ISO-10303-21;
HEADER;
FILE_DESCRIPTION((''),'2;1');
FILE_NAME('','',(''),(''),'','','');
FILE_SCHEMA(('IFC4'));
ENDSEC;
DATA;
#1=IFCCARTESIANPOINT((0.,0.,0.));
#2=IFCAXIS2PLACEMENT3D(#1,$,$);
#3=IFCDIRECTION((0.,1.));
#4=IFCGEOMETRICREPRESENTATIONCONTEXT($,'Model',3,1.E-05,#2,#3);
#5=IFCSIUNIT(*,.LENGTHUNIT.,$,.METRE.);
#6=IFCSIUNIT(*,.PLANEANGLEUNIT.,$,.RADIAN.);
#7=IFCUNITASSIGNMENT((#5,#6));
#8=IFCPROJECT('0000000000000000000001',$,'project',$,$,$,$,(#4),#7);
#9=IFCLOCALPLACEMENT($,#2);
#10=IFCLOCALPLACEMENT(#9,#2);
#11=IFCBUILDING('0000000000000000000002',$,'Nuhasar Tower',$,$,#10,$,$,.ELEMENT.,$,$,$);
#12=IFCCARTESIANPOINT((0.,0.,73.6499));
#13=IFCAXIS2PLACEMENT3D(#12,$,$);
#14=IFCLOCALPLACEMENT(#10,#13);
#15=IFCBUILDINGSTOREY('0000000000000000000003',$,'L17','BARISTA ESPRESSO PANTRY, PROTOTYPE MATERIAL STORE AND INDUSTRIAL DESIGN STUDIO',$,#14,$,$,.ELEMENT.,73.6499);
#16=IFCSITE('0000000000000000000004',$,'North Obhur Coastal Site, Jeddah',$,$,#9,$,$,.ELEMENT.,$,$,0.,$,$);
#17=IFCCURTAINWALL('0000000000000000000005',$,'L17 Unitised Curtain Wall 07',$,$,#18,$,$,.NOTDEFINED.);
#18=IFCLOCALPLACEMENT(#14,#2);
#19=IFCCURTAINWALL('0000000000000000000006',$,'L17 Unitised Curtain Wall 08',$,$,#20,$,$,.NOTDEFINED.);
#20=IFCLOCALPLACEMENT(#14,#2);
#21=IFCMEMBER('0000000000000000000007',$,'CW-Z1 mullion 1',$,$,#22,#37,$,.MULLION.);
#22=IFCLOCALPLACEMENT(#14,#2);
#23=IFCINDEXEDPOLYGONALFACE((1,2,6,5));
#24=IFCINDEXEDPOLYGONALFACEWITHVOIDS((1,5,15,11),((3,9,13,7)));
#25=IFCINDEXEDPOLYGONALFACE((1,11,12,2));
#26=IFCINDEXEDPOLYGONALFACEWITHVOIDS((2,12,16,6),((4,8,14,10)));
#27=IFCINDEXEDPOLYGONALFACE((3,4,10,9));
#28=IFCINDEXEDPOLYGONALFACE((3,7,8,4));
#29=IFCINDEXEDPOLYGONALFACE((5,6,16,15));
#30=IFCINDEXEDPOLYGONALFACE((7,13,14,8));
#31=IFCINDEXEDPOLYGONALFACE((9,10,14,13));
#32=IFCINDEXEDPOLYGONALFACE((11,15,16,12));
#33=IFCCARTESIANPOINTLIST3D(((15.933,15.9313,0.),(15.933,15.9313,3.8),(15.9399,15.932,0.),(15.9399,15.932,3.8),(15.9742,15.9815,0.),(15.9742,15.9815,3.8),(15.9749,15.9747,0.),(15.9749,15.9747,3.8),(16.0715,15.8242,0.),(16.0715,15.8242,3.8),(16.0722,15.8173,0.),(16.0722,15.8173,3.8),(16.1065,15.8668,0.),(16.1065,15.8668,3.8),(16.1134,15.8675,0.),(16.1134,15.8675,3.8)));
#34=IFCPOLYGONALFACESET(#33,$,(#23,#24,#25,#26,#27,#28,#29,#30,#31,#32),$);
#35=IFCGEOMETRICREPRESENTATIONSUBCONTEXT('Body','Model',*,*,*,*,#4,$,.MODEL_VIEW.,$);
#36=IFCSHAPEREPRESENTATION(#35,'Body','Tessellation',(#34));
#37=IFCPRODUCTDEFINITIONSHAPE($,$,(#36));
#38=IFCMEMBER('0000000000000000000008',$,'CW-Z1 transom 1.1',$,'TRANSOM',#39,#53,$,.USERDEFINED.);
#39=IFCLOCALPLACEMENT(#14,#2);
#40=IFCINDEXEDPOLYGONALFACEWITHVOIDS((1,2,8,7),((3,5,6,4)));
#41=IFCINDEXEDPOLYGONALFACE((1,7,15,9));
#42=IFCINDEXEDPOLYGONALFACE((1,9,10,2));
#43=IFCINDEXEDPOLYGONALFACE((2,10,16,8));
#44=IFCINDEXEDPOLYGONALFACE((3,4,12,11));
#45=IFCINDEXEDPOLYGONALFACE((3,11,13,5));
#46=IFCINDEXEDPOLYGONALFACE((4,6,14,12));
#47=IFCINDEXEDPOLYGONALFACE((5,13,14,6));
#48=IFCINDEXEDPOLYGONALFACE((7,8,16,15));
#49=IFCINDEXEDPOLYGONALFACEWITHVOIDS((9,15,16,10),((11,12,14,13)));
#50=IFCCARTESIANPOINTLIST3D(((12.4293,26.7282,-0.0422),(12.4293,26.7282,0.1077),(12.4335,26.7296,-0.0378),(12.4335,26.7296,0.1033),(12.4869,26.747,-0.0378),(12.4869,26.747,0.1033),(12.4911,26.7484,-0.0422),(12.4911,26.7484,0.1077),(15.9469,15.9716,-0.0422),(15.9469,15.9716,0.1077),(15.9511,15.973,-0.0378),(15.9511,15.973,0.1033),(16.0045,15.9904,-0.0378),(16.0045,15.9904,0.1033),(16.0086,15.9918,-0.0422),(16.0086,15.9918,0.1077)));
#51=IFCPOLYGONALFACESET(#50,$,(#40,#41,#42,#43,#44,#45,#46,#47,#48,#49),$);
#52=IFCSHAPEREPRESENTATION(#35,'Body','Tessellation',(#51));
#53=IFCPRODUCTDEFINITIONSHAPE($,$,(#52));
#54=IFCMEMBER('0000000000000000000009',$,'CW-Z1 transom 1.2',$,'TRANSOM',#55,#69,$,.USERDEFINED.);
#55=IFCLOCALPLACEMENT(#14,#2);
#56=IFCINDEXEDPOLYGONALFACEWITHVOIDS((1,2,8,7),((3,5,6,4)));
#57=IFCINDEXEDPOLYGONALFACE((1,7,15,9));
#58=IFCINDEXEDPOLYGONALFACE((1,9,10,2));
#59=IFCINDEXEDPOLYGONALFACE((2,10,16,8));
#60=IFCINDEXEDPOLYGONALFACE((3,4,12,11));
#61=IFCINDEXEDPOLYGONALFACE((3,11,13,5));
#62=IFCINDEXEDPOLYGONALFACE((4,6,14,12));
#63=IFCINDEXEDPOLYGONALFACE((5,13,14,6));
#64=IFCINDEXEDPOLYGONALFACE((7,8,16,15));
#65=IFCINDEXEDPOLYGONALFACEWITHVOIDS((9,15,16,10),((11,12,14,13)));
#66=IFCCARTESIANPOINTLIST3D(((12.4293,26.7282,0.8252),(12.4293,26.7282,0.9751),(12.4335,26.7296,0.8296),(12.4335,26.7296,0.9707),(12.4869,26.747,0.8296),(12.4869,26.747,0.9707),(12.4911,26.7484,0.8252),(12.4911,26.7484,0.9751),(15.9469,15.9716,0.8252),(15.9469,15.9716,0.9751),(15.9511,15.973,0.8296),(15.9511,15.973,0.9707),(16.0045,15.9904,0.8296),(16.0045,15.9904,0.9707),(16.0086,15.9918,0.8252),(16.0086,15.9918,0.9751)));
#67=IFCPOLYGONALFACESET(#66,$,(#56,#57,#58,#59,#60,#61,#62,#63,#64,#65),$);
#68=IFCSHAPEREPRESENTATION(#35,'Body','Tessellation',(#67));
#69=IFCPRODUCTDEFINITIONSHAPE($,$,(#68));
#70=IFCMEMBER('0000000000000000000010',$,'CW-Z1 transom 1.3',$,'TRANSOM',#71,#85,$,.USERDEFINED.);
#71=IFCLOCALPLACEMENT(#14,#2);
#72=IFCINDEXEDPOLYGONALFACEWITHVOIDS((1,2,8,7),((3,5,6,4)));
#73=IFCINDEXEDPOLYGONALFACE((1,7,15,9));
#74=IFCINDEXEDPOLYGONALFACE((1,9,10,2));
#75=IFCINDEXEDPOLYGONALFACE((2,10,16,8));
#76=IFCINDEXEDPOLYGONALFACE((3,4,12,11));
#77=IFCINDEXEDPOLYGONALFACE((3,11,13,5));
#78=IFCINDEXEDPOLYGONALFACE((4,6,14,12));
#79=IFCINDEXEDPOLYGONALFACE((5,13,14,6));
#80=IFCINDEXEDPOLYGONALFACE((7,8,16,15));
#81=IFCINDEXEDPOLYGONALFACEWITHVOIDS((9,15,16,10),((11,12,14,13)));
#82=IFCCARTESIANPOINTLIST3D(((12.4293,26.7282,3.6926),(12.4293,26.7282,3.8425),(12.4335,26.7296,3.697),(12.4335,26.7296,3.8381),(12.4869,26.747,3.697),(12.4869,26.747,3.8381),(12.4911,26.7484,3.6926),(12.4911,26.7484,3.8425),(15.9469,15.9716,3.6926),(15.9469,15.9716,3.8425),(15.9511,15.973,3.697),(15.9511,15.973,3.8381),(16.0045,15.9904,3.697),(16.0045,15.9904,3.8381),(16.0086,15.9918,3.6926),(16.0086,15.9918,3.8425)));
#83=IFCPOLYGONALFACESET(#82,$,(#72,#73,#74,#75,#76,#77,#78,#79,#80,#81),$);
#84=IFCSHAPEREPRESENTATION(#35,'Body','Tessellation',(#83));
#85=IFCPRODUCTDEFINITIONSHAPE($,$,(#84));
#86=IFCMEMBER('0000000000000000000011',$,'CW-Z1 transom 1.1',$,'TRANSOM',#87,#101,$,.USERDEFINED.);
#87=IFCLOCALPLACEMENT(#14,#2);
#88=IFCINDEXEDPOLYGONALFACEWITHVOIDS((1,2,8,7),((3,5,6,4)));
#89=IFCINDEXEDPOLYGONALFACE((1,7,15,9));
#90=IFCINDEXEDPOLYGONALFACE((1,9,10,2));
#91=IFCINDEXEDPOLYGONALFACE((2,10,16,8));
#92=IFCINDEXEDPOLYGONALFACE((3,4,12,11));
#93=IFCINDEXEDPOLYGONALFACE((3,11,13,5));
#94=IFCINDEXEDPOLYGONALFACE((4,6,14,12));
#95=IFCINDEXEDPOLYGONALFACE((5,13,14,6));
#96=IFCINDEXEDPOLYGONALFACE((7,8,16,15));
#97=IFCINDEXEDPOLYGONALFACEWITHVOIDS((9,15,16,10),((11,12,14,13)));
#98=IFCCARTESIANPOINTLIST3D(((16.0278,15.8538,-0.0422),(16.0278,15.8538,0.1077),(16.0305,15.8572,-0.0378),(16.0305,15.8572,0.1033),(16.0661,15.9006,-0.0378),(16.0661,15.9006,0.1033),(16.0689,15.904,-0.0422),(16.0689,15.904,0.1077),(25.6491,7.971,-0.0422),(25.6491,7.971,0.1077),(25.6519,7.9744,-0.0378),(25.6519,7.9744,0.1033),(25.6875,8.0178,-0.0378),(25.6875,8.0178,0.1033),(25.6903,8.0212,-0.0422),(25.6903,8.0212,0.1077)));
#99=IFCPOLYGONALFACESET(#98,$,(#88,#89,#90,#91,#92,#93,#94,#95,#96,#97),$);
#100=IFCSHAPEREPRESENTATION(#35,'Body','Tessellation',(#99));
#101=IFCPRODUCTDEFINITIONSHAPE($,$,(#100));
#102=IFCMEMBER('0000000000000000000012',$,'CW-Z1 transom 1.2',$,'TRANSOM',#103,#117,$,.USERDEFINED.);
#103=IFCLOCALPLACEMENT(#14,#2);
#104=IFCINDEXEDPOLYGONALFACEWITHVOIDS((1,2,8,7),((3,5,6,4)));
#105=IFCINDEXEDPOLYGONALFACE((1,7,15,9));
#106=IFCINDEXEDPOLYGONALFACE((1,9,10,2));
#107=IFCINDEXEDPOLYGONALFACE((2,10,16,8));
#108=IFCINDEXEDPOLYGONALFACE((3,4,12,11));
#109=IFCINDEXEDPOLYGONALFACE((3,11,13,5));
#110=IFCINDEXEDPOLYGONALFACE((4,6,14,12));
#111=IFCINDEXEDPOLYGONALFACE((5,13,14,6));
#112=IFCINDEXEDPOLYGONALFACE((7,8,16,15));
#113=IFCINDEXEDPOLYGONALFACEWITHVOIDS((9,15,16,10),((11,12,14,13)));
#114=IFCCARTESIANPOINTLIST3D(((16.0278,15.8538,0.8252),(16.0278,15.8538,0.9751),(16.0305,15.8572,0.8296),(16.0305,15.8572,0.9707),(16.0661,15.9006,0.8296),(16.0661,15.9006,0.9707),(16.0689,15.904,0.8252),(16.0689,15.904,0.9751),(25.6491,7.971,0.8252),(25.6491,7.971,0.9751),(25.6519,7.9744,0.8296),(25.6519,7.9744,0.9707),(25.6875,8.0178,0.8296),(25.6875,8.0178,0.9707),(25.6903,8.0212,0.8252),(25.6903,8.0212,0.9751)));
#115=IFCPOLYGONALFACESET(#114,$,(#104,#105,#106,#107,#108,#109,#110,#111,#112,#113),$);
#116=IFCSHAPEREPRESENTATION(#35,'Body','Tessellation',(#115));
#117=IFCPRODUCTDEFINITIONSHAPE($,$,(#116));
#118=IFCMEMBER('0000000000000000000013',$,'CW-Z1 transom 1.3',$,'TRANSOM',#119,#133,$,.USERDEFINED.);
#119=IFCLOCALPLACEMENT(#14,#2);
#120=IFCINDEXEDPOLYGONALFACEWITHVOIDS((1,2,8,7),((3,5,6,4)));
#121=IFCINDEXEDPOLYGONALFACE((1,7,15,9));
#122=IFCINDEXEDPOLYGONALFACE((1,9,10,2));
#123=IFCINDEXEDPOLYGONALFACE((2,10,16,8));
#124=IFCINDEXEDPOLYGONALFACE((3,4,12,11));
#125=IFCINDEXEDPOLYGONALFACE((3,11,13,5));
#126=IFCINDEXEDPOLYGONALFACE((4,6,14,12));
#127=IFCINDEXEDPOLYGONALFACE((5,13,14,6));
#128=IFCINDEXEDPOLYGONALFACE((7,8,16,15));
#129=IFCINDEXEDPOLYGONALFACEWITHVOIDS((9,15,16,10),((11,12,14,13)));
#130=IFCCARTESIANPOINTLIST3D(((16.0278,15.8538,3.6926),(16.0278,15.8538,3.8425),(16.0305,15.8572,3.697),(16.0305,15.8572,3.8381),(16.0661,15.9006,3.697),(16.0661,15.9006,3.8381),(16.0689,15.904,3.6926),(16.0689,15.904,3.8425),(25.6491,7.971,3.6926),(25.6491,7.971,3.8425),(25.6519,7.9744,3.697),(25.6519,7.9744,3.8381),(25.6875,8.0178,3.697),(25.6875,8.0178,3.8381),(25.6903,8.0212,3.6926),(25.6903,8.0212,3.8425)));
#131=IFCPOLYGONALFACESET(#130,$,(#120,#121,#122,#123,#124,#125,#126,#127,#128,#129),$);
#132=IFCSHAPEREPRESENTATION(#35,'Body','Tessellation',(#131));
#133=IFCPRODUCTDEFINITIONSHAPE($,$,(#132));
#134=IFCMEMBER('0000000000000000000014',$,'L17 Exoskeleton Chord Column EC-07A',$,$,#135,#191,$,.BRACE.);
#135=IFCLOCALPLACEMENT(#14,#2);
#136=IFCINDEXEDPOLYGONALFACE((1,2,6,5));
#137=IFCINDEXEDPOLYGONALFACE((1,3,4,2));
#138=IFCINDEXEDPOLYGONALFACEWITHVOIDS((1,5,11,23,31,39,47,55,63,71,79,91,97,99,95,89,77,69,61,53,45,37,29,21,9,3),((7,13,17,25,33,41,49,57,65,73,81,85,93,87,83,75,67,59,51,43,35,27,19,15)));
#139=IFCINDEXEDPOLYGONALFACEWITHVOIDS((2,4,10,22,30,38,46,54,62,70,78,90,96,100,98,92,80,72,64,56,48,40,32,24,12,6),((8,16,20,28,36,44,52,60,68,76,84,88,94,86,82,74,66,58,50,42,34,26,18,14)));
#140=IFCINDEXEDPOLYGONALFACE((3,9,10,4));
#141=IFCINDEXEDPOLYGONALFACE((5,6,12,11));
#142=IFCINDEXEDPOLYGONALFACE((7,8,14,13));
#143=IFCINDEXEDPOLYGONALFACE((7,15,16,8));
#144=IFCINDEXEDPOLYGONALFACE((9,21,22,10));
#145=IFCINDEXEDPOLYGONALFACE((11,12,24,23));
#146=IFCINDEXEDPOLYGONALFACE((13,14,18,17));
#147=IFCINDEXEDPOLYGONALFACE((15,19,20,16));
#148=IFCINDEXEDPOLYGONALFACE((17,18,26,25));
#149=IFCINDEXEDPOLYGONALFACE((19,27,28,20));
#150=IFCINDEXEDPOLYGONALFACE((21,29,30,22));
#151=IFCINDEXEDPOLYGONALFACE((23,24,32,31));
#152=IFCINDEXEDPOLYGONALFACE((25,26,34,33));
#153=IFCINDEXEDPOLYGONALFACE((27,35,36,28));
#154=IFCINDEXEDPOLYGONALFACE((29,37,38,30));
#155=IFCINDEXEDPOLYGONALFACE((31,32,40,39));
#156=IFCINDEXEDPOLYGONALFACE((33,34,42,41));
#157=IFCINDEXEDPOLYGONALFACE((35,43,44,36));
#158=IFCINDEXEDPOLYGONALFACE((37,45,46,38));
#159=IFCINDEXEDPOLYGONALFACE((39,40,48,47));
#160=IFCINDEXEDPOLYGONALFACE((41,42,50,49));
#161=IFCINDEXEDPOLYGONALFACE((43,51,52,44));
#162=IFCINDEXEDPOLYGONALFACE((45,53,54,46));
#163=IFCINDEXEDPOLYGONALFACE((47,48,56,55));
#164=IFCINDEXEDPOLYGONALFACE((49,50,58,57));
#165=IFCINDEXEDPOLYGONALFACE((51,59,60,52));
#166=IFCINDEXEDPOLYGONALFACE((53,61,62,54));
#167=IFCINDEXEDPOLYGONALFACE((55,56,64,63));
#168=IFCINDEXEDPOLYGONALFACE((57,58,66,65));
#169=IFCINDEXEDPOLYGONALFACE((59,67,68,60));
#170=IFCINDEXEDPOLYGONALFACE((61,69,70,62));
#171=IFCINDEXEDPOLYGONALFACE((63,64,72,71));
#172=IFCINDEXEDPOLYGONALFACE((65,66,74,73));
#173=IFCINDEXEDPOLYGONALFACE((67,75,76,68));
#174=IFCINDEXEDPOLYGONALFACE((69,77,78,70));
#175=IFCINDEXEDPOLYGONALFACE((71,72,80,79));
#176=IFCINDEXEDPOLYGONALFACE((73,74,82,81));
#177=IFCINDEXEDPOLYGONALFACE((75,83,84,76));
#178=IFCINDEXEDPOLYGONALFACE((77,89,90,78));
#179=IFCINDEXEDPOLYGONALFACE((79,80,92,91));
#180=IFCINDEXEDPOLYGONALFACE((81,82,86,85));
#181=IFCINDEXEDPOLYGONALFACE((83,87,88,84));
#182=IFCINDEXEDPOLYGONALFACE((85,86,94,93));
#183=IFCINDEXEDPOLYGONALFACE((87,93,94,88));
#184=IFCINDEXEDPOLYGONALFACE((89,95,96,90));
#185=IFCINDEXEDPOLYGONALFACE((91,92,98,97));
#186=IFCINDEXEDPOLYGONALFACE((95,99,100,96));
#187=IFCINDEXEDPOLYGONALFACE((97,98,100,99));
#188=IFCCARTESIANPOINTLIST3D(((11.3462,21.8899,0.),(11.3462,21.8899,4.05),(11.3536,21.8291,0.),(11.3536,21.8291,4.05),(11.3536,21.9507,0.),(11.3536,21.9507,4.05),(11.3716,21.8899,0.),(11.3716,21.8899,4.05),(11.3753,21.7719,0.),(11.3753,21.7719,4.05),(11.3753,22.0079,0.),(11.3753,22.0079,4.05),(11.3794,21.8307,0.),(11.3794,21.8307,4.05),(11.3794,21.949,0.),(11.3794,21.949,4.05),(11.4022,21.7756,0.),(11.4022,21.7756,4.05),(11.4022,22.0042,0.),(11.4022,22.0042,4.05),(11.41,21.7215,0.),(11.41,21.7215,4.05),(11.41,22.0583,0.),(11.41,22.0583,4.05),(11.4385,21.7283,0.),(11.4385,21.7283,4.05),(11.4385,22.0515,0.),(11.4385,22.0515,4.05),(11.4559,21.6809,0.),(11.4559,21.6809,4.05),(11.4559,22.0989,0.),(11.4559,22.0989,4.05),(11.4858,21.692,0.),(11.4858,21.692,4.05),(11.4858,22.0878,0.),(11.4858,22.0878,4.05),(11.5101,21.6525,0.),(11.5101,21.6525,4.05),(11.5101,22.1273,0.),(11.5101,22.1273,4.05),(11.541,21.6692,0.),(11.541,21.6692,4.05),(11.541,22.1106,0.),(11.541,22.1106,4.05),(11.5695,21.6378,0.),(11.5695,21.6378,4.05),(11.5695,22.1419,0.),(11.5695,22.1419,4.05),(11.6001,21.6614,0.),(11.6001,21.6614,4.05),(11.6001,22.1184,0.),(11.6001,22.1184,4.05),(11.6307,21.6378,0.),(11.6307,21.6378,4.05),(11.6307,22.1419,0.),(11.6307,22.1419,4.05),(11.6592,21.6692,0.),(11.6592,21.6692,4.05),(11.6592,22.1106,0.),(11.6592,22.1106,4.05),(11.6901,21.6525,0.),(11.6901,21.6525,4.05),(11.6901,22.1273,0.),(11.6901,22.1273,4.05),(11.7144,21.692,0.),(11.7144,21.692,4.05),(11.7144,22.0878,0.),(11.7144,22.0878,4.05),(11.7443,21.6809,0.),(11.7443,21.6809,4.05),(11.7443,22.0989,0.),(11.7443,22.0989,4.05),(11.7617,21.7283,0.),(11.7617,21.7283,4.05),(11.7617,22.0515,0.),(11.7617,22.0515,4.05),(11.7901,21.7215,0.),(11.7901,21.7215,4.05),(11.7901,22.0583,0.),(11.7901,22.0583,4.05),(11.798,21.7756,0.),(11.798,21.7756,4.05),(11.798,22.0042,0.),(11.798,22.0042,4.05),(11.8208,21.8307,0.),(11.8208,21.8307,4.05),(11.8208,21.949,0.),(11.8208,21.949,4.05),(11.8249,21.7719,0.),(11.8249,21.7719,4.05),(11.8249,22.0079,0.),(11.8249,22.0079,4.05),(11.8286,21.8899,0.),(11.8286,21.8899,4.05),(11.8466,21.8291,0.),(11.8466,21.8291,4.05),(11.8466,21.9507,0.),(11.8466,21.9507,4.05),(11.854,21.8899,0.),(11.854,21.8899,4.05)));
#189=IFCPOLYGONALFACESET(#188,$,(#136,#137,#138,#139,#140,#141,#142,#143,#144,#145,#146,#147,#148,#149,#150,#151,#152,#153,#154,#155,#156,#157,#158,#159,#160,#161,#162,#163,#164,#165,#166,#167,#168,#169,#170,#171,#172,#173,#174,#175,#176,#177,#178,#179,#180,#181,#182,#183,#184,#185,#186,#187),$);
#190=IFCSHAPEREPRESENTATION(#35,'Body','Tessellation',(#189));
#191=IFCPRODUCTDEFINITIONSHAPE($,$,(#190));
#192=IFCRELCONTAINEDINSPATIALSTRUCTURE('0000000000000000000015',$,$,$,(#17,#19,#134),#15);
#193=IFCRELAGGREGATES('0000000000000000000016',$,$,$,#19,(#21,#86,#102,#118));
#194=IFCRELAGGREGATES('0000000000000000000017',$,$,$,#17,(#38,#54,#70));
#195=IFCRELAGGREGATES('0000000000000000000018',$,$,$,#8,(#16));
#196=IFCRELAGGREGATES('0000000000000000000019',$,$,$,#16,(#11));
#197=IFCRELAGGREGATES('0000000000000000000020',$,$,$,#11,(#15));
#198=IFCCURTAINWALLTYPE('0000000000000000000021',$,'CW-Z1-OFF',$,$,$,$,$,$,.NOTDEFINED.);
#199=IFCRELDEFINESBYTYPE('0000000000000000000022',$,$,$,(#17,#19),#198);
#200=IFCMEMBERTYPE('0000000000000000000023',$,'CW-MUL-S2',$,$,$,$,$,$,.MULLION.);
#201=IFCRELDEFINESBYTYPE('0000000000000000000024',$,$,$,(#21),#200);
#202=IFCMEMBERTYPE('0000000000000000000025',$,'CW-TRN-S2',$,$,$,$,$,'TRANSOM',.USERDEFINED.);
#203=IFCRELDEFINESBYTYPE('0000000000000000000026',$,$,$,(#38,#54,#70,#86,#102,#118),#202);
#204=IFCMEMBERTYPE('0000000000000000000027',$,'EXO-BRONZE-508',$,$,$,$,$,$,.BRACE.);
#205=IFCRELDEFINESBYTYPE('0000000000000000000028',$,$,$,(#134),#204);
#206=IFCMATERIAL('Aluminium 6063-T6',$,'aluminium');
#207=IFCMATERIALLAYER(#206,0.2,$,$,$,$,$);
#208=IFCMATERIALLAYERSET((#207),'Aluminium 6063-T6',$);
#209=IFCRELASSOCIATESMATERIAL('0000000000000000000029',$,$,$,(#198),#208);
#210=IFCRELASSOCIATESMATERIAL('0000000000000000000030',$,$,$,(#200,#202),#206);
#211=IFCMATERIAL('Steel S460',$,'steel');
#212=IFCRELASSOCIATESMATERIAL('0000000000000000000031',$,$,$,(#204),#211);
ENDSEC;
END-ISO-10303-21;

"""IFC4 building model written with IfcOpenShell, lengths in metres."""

from ifc_helpers import new_model, si_unit, direction, frame, origin, origin_2d, place, context, subcontext, project, spatial, hollow_rectangle, hollow_circle, extrude, material, layer, layer_set, material_profile, profile_set, type_object, element, aggregate, save


model = new_model("IFC4")

# Units and contexts
model_context = context("Model", 3, precision=1e-05, world=origin(), true_north=direction((0.0, 1.0)))
body_context = subcontext(model_context, "Body", "Model", "MODEL_VIEW")
ifc_project = project(units=[si_unit("LENGTHUNIT", "METRE"), si_unit("PLANEANGLEUNIT", "RADIAN")], contexts=[model_context])

# Site, building, storey
site_placement = place(None, origin())
site = spatial("IfcSite", under=ifc_project, at=site_placement, Name="North Obhur Coastal Site, Jeddah", CompositionType="ELEMENT", RefElevation=0.0)
building_placement = place(site_placement, origin())
building = spatial("IfcBuilding", under=site, at=building_placement, Name="Nuhasar Tower", CompositionType="ELEMENT")
storey_placement = place(building_placement, frame((0.0, 0.0, 73.6499)))
storey = spatial("IfcBuildingStorey", under=building, at=storey_placement, Name="L17", Description="BARISTA ESPRESSO PANTRY, PROTOTYPE MATERIAL STORE AND INDUSTRIAL DESIGN STUDIO", CompositionType="ELEMENT", Elevation=73.6499)

# Curtain walls, member
ifc_material_1 = material(Name="Aluminium 6063-T6", Category="aluminium")
ifc_layer_1 = layer(ifc_material_1, 0.2)
ifc_layer_set_1 = layer_set([ifc_layer_1], Name="Aluminium 6063-T6")
curtain_wall_type = type_object("IfcCurtainWallType", Name="CW-Z1-OFF", PredefinedType="NOTDEFINED", material=ifc_layer_set_1)
curtain_wall_1_placement = place(storey_placement, origin())
curtain_wall_1 = element("IfcCurtainWall", 1, at=curtain_wall_1_placement, inside=storey, type_object=curtain_wall_type, Name="L17 Unitised Curtain Wall 07", PredefinedType="NOTDEFINED")
ifc_material_profile_1 = material_profile(ifc_material_1, hollow_rectangle(XDim=0.0649, YDim=0.1799, WallThickness=0.0049, at=origin_2d()), Name="CWM-2")
ifc_profile_set_1 = profile_set([ifc_material_profile_1], Name="Aluminium 6063-T6")
member_type_1 = type_object("IfcMemberType", Name="CW-MUL-S2", PredefinedType="MULLION", material=ifc_profile_set_1)
curtain_wall_2_placement = place(storey_placement, origin())
curtain_wall_2 = element("IfcCurtainWall", 2, at=curtain_wall_2_placement, inside=storey, type_object=curtain_wall_type, Name="L17 Unitised Curtain Wall 08", PredefinedType="NOTDEFINED")
member_1_placement = place(storey_placement, frame((16.0232, 15.8994, 0.0), z_axis=(0.0, 0.0, 1.0), x_axis=(0.633745, 0.773542, 0.0)))
member_1 = element("IfcMember", 3, at=member_1_placement, type_object=member_type_1, Name="CW-Z1 mullion 1", PredefinedType="MULLION", context=body_context, shape_type="SweptSolid", body=[
    extrude(hollow_rectangle(XDim=0.0649, YDim=0.1799, WallThickness=0.0049, at=origin_2d()), origin(), (0.0, 0.0, 1.0), 3.8),
])

# Members
ifc_material_profile_2 = material_profile(ifc_material_1, hollow_rectangle(XDim=0.0649, YDim=0.1499, WallThickness=0.0044, at=origin_2d()), Name="CWT-2")
ifc_profile_set_2 = profile_set([ifc_material_profile_2], Name="Aluminium 6063-T6")
member_type_2 = type_object("IfcMemberType", Name="CW-TRN-S2", ElementType="TRANSOM", PredefinedType="USERDEFINED", material=ifc_profile_set_2)
member_2_placement = place(storey_placement, frame((12.4602, 26.7383, 0.0327), z_axis=(0.310819, -0.950469, 0.0), x_axis=(0.950469, 0.310819, 0.0)))
member_2 = element("IfcMember", 4, at=member_2_placement, type_object=member_type_2, Name="CW-Z1 transom 1.1", ObjectType="TRANSOM", PredefinedType="USERDEFINED", context=body_context, shape_type="SweptSolid", body=[
    extrude(hollow_rectangle(XDim=0.0649, YDim=0.1499, WallThickness=0.0044, at=origin_2d()), origin(), (0.0, 0.0, 1.0), 11.3171),
])
member_3_placement = place(storey_placement, frame((12.4602, 26.7383, 0.9001), z_axis=(0.310819, -0.950469, 0.0), x_axis=(0.950469, 0.310819, 0.0)))
member_3 = element("IfcMember", 5, at=member_3_placement, type_object=member_type_2, Name="CW-Z1 transom 1.2", ObjectType="TRANSOM", PredefinedType="USERDEFINED", context=body_context, shape_type="SweptSolid", body=[
    extrude(hollow_rectangle(XDim=0.0649, YDim=0.1499, WallThickness=0.0044, at=origin_2d()), origin(), (0.0, 0.0, 1.0), 11.3171),
])
member_4_placement = place(storey_placement, frame((12.4602, 26.7383, 3.7676), z_axis=(0.310819, -0.950469, 0.0), x_axis=(0.950469, 0.310819, 0.0)))
member_4 = element("IfcMember", 6, at=member_4_placement, type_object=member_type_2, Name="CW-Z1 transom 1.3", ObjectType="TRANSOM", PredefinedType="USERDEFINED", context=body_context, shape_type="SweptSolid", body=[
    extrude(hollow_rectangle(XDim=0.0649, YDim=0.1499, WallThickness=0.0044, at=origin_2d()), origin(), (0.0, 0.0, 1.0), 11.3171),
])
member_5_placement = place(storey_placement, frame((16.0483, 15.8789, 0.0327), z_axis=(0.773531, -0.633758, 0.0), x_axis=(0.633758, 0.773531, 0.0)))
member_5 = element("IfcMember", 7, at=member_5_placement, type_object=member_type_2, Name="CW-Z1 transom 1.1", ObjectType="TRANSOM", PredefinedType="USERDEFINED", context=body_context, shape_type="SweptSolid", body=[
    extrude(hollow_rectangle(XDim=0.0649, YDim=0.1499, WallThickness=0.0044, at=origin_2d()), origin(), (0.0, 0.0, 1.0), 12.4382),
])
member_6_placement = place(storey_placement, frame((16.0483, 15.8789, 0.9001), z_axis=(0.773531, -0.633758, 0.0), x_axis=(0.633758, 0.773531, 0.0)))
member_6 = element("IfcMember", 8, at=member_6_placement, type_object=member_type_2, Name="CW-Z1 transom 1.2", ObjectType="TRANSOM", PredefinedType="USERDEFINED", context=body_context, shape_type="SweptSolid", body=[
    extrude(hollow_rectangle(XDim=0.0649, YDim=0.1499, WallThickness=0.0044, at=origin_2d()), origin(), (0.0, 0.0, 1.0), 12.4382),
])
member_7_placement = place(storey_placement, frame((16.0483, 15.8789, 3.7676), z_axis=(0.773531, -0.633758, 0.0), x_axis=(0.633758, 0.773531, 0.0)))
member_7 = element("IfcMember", 9, at=member_7_placement, type_object=member_type_2, Name="CW-Z1 transom 1.3", ObjectType="TRANSOM", PredefinedType="USERDEFINED", context=body_context, shape_type="SweptSolid", body=[
    extrude(hollow_rectangle(XDim=0.0649, YDim=0.1499, WallThickness=0.0044, at=origin_2d()), origin(), (0.0, 0.0, 1.0), 12.4382),
])
aggregate(curtain_wall_2, [member_1, member_5, member_6, member_7])

# Member
ifc_material_2 = material(Name="Steel S460", Category="steel")
ifc_material_profile_3 = material_profile(ifc_material_2, hollow_circle(Radius=0.2539, WallThickness=0.0254, at=origin_2d()), Name="HSS508X25.4")
ifc_profile_set_3 = profile_set([ifc_material_profile_3], Name="Steel S460")
member_type_3 = type_object("IfcMemberType", Name="EXO-BRONZE-508", PredefinedType="BRACE", material=ifc_profile_set_3)
for number, where, z_axis, x_axis, name in (
    (10, (11.6001, 21.8899, 0.0), (0.0, 0.0, 1.0), (1.0, 0.0, 0.0), "L17 Exoskeleton Chord Column EC-07A"),
):
    element("IfcMember", number, at=place(storey_placement, frame(where, z_axis=z_axis, x_axis=x_axis)), inside=storey, type_object=member_type_3, Name=name, PredefinedType="BRACE", context=body_context, shape_type="SweptSolid", body=[
        extrude(hollow_circle(Radius=0.2539, WallThickness=0.0254, at=origin_2d()), origin(), (0.0, 0.0, 1.0), 4.05),
    ])

aggregate(curtain_wall_1, [member_2, member_3, member_4])

save(model, "model.ifc")
